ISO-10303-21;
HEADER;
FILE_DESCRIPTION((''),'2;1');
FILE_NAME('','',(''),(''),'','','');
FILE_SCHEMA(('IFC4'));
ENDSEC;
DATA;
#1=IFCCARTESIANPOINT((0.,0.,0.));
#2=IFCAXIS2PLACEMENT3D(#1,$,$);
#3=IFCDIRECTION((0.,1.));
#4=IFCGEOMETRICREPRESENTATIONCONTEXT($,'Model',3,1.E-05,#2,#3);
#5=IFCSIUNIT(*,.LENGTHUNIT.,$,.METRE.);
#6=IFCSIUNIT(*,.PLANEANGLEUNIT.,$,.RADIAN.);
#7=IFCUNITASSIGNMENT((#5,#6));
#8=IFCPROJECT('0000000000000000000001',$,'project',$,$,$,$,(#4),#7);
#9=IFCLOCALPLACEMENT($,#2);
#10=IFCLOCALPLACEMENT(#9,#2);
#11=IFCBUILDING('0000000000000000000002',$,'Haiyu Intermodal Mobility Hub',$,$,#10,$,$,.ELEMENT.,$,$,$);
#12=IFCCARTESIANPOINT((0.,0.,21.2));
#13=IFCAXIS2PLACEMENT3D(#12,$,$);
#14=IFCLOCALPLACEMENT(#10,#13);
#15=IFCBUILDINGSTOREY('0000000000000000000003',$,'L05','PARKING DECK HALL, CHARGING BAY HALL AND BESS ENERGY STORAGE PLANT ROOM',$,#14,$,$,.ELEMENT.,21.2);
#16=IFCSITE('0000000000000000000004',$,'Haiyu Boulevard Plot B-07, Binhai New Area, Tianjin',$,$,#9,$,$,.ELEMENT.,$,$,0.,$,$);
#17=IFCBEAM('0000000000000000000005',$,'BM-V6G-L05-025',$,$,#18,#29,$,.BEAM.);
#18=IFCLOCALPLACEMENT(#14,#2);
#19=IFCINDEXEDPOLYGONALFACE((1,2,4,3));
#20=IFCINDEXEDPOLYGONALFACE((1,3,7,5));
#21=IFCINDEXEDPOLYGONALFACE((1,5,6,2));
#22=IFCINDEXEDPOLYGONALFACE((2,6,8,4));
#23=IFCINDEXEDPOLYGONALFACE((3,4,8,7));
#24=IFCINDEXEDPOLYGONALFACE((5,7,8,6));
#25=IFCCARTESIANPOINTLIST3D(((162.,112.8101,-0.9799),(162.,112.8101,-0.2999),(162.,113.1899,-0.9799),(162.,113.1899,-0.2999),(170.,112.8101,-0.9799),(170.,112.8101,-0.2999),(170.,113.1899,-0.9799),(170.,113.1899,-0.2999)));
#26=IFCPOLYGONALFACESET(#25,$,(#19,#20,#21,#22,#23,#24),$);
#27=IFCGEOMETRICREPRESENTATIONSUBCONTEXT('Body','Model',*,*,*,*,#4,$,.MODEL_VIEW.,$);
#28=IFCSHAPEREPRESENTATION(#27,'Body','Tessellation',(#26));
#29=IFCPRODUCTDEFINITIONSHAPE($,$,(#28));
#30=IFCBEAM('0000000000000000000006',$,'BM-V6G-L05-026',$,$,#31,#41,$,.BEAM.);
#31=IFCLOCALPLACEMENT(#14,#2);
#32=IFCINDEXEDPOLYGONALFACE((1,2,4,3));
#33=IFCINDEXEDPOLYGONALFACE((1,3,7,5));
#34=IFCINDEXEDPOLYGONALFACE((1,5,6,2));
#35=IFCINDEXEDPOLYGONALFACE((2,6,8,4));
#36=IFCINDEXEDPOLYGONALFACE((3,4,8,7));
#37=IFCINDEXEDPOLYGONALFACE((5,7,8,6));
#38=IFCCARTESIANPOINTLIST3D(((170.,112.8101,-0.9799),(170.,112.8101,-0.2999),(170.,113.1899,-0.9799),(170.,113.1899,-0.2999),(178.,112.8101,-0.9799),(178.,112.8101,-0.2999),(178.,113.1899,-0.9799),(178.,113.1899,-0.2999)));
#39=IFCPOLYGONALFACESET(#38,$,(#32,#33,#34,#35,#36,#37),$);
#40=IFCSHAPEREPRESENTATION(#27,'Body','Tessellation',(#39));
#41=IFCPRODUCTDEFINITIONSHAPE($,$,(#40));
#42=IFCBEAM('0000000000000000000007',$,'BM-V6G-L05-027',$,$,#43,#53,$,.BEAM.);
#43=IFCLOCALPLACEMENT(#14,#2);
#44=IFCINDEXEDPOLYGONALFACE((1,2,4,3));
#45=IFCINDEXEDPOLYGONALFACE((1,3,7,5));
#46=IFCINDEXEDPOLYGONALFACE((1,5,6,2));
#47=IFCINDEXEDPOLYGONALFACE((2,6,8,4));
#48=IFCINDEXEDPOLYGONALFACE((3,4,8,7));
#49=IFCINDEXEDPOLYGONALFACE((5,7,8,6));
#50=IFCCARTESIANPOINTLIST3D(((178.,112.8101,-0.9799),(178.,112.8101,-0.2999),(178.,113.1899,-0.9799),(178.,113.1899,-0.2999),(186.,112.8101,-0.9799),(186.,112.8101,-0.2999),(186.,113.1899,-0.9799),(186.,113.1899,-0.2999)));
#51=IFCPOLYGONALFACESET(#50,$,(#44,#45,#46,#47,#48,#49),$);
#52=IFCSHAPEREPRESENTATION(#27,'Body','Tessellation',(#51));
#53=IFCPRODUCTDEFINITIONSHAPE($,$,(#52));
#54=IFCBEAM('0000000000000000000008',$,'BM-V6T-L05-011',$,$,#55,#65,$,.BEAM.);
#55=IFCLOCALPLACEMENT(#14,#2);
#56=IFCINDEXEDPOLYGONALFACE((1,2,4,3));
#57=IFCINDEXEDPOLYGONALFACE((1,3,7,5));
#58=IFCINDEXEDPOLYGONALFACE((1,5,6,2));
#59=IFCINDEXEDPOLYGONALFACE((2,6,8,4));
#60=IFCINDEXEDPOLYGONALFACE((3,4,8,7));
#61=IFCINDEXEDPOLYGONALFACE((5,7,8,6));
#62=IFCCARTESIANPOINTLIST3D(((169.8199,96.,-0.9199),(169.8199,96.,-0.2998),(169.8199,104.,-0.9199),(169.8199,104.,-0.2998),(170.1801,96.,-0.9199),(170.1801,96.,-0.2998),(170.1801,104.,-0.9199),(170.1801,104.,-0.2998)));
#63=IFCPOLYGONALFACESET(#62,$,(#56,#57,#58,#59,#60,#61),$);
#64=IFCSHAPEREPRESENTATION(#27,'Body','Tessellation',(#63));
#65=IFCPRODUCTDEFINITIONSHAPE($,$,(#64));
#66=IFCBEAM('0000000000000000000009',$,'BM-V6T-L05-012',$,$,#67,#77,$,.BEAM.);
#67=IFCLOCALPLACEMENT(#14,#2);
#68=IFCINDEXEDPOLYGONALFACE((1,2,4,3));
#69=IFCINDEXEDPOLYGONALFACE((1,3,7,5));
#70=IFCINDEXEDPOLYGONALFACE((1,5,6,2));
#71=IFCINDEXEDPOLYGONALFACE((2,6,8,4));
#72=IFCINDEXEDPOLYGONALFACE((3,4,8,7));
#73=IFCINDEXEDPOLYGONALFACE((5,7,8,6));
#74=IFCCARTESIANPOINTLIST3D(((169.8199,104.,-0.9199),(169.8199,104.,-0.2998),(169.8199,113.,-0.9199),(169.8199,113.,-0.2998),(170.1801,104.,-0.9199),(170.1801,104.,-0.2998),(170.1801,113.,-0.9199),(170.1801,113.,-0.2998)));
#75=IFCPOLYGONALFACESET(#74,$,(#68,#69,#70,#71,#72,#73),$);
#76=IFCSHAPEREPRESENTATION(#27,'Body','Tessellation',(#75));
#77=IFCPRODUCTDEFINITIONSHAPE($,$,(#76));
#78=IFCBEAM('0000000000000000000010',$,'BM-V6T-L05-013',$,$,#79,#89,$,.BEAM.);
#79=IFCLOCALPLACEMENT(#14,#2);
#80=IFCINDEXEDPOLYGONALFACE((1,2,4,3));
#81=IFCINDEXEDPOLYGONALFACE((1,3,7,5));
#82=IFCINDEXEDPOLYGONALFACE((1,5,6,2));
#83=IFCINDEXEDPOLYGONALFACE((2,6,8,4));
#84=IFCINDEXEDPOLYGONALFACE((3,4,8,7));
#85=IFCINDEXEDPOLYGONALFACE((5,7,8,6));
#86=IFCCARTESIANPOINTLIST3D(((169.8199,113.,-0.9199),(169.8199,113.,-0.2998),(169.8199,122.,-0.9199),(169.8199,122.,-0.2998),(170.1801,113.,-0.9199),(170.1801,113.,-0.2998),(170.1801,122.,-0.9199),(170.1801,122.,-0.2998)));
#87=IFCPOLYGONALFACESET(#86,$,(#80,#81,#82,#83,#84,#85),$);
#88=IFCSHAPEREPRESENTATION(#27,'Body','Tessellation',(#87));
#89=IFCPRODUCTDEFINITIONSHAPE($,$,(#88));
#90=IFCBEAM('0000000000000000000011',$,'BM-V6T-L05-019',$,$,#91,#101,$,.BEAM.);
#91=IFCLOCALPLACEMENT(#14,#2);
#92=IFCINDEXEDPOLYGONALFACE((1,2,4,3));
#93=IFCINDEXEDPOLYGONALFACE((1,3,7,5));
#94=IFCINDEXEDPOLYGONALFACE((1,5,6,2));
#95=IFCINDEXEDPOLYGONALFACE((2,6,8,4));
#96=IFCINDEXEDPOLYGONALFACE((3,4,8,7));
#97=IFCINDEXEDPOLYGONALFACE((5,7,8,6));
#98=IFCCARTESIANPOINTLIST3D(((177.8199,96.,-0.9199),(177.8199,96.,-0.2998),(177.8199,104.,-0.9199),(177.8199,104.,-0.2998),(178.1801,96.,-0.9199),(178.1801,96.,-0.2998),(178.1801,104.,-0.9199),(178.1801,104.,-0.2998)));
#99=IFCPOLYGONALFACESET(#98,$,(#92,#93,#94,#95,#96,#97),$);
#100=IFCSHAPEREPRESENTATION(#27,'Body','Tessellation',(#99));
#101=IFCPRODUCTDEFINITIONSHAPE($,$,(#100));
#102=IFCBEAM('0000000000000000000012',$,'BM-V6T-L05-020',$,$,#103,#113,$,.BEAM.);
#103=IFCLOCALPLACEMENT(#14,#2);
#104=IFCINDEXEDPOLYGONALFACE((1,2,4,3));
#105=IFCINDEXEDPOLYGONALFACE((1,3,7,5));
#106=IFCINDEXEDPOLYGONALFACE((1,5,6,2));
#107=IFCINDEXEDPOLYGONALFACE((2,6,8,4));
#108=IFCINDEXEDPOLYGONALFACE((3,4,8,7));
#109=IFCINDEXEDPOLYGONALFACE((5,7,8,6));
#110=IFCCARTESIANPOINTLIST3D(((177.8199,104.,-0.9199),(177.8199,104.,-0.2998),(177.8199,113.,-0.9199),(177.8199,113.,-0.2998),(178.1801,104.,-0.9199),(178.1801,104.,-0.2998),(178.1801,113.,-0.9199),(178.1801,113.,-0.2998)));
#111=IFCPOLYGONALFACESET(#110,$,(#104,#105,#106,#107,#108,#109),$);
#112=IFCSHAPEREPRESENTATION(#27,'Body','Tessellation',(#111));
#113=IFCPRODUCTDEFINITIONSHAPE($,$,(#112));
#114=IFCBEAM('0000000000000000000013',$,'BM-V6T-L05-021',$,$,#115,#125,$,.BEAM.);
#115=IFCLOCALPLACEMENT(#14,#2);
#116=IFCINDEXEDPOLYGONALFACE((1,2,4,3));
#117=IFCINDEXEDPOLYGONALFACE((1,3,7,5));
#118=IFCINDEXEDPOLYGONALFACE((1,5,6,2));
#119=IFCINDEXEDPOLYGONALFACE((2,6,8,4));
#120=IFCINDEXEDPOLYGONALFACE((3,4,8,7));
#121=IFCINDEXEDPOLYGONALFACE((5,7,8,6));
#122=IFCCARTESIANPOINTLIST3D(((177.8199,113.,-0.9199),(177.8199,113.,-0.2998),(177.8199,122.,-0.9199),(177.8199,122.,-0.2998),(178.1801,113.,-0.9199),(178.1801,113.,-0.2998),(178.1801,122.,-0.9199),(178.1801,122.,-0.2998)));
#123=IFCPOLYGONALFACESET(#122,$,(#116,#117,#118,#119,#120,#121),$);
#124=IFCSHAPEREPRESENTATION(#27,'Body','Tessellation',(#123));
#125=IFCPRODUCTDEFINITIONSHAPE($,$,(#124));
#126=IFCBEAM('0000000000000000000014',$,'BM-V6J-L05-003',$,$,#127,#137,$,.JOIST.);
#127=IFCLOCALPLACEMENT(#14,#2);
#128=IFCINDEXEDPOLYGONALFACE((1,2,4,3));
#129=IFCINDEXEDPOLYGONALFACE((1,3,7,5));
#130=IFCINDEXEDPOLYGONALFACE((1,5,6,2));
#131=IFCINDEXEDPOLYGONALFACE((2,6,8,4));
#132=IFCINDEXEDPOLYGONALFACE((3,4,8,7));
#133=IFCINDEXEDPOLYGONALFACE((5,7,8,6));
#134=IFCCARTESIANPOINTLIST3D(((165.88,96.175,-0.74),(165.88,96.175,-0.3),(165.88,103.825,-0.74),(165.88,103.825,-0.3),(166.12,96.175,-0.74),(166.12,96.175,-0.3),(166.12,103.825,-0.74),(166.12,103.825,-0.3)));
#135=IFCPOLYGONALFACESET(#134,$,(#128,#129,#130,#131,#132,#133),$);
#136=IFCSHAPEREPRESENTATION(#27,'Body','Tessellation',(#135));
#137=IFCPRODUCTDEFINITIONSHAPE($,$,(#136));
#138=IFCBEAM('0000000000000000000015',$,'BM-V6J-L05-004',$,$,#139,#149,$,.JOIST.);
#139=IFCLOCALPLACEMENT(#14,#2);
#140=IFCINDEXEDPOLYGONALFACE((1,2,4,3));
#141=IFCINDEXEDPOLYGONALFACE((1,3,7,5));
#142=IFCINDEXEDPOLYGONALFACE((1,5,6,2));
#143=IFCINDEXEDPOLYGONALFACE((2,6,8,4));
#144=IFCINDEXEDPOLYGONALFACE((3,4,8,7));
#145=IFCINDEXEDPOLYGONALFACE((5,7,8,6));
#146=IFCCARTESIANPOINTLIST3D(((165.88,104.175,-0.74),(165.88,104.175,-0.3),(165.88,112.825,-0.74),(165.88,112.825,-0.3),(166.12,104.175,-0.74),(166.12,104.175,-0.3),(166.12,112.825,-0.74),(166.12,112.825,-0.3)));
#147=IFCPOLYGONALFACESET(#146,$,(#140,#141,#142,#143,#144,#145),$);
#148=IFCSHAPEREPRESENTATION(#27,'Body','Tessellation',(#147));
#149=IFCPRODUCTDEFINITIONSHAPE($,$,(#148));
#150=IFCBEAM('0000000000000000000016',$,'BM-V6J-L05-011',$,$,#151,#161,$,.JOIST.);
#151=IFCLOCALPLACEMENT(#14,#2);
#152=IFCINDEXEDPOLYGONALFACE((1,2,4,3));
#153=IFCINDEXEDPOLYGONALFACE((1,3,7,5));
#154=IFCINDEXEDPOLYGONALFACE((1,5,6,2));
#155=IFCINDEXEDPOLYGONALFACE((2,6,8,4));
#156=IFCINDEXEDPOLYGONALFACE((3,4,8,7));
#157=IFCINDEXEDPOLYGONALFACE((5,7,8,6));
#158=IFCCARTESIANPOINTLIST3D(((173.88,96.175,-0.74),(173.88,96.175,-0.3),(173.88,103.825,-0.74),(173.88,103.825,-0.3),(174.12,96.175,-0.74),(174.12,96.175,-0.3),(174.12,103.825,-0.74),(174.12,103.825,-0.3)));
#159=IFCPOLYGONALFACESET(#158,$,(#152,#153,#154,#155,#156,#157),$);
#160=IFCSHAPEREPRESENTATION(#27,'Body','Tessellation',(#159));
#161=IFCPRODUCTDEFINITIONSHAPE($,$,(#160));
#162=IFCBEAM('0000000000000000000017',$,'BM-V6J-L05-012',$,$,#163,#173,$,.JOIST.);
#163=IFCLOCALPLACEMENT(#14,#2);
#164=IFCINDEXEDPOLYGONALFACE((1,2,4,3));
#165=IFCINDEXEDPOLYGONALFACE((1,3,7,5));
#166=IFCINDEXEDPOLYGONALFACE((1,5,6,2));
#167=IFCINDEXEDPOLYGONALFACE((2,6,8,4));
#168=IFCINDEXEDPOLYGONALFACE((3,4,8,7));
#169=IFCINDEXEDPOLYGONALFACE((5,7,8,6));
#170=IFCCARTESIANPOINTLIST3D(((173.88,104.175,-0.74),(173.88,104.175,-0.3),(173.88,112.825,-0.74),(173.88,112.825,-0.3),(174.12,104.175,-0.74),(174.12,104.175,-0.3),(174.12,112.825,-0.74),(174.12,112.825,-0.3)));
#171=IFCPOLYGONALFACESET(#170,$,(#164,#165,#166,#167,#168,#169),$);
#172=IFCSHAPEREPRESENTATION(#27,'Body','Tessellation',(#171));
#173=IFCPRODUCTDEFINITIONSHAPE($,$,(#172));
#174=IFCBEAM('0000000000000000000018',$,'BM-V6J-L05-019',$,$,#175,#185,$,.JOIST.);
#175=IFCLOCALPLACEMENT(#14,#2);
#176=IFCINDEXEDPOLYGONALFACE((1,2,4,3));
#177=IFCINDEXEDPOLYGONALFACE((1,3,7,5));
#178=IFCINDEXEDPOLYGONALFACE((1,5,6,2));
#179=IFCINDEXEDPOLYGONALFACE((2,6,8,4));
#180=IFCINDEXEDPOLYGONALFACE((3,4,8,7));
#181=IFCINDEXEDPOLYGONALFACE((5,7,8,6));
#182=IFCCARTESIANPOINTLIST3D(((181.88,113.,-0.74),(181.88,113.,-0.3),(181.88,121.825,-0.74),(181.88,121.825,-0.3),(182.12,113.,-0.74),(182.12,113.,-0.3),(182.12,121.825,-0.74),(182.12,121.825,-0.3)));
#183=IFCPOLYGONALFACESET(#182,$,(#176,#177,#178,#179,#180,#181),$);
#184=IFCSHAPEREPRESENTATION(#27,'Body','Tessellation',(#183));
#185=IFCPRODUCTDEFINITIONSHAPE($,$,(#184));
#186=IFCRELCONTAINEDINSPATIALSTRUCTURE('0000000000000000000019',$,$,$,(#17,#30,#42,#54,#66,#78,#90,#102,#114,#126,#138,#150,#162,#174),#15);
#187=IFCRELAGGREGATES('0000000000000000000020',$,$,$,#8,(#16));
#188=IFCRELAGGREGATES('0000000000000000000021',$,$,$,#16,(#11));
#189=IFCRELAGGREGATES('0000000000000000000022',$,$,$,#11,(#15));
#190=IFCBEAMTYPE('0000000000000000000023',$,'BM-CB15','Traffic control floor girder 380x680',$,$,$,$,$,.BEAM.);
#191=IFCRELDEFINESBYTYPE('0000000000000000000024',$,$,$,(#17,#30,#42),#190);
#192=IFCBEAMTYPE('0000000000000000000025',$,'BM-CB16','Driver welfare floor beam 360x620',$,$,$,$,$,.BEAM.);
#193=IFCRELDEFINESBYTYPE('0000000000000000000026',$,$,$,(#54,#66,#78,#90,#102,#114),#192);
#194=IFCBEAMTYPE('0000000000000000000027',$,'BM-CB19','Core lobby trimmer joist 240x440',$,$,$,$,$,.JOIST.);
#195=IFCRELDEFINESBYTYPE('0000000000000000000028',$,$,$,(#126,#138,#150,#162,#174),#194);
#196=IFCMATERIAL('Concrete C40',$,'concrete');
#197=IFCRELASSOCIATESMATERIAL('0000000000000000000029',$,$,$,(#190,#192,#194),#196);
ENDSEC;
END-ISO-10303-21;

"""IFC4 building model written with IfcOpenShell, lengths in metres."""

from ifc_helpers import new_model, si_unit, direction, frame, origin, origin_2d, place, context, subcontext, project, spatial, rectangle, extrude, material, material_profile, profile_set, type_object, element, save


model = new_model("IFC4")

# Units and contexts
model_context = context("Model", 3, precision=1e-05, world=origin(), true_north=direction((0.0, 1.0)))
body_context = subcontext(model_context, "Body", "Model", "MODEL_VIEW")
ifc_project = project(units=[si_unit("LENGTHUNIT", "METRE"), si_unit("PLANEANGLEUNIT", "RADIAN")], contexts=[model_context])

# Site, building, storey
site_placement = place(None, origin())
site = spatial("IfcSite", under=ifc_project, at=site_placement, Name="Haiyu Boulevard Plot B-07, Binhai New Area, Tianjin", CompositionType="ELEMENT", RefElevation=0.0)
building_placement = place(site_placement, origin())
building = spatial("IfcBuilding", under=site, at=building_placement, Name="Haiyu Intermodal Mobility Hub", CompositionType="ELEMENT")
storey_placement = place(building_placement, frame((0.0, 0.0, 21.2)))
storey = spatial("IfcBuildingStorey", under=building, at=storey_placement, Name="L05", Description="PARKING DECK HALL, CHARGING BAY HALL AND BESS ENERGY STORAGE PLANT ROOM", CompositionType="ELEMENT", Elevation=21.2)

# Beams
ifc_material_1 = material(Name="Concrete C40", Category="concrete")
ifc_material_profile_1 = material_profile(ifc_material_1, rectangle(XDim=0.3799, YDim=0.6799, at=origin_2d()), Name="B380x680")
ifc_profile_set_1 = profile_set([ifc_material_profile_1], Name="Concrete C40")
beam_type_1 = type_object("IfcBeamType", Name="BM-CB15", Description="Traffic control floor girder 380x680", PredefinedType="BEAM", material=ifc_profile_set_1)
for number, where, z_axis, x_axis, name in (
    (1, (162.0, 113.0, -0.6399), (1.0, 0.0, 0.0), (0.0, 1.0, 0.0), "BM-V6G-L05-025"),
    (2, (170.0, 113.0, -0.6399), (1.0, 0.0, 0.0), (0.0, 1.0, 0.0), "BM-V6G-L05-026"),
    (3, (178.0, 113.0, -0.6399), (1.0, 0.0, 0.0), (0.0, 1.0, 0.0), "BM-V6G-L05-027"),
):
    element("IfcBeam", number, at=place(storey_placement, frame(where, z_axis=z_axis, x_axis=x_axis)), inside=storey, type_object=beam_type_1, Name=name, PredefinedType="BEAM", context=body_context, shape_type="SweptSolid", body=[
        extrude(rectangle(XDim=0.3799, YDim=0.6799, at=origin_2d()), origin(), (0.0, 0.0, 1.0), 8.0),
    ])
ifc_material_profile_2 = material_profile(ifc_material_1, rectangle(XDim=0.3601, YDim=0.6201, at=origin_2d()), Name="B360x620")
ifc_profile_set_2 = profile_set([ifc_material_profile_2], Name="Concrete C40")
beam_type_2 = type_object("IfcBeamType", Name="BM-CB16", Description="Driver welfare floor beam 360x620", PredefinedType="BEAM", material=ifc_profile_set_2)
beam_1_placement = place(storey_placement, frame((170.0, 96.0, -0.6099), z_axis=(0.0, 1.0, 0.0), x_axis=(-1.0, 0.0, 0.0)))
element("IfcBeam", 4, at=beam_1_placement, inside=storey, type_object=beam_type_2, Name="BM-V6T-L05-011", PredefinedType="BEAM", context=body_context, shape_type="SweptSolid", body=[
    extrude(rectangle(XDim=0.3601, YDim=0.6201, at=origin_2d()), origin(), (0.0, 0.0, 1.0), 8.0),
])
for number, where, z_axis, x_axis, name in (
    (5, (170.0, 104.0, -0.6099), (0.0, 1.0, 0.0), (-1.0, 0.0, 0.0), "BM-V6T-L05-012"),
    (6, (170.0, 113.0, -0.6099), (0.0, 1.0, 0.0), (-1.0, 0.0, 0.0), "BM-V6T-L05-013"),
):
    element("IfcBeam", number, at=place(storey_placement, frame(where, z_axis=z_axis, x_axis=x_axis)), inside=storey, type_object=beam_type_2, Name=name, PredefinedType="BEAM", context=body_context, shape_type="SweptSolid", body=[
        extrude(rectangle(XDim=0.3601, YDim=0.6201, at=origin_2d()), origin(), (0.0, 0.0, 1.0), 9.0),
    ])
beam_2_placement = place(storey_placement, frame((178.0, 96.0, -0.6099), z_axis=(0.0, 1.0, 0.0), x_axis=(-1.0, 0.0, 0.0)))
element("IfcBeam", 7, at=beam_2_placement, inside=storey, type_object=beam_type_2, Name="BM-V6T-L05-019", PredefinedType="BEAM", context=body_context, shape_type="SweptSolid", body=[
    extrude(rectangle(XDim=0.3601, YDim=0.6201, at=origin_2d()), origin(), (0.0, 0.0, 1.0), 8.0),
])
for number, where, z_axis, x_axis, name in (
    (8, (178.0, 104.0, -0.6099), (0.0, 1.0, 0.0), (-1.0, 0.0, 0.0), "BM-V6T-L05-020"),
    (9, (178.0, 113.0, -0.6099), (0.0, 1.0, 0.0), (-1.0, 0.0, 0.0), "BM-V6T-L05-021"),
):
    element("IfcBeam", number, at=place(storey_placement, frame(where, z_axis=z_axis, x_axis=x_axis)), inside=storey, type_object=beam_type_2, Name=name, PredefinedType="BEAM", context=body_context, shape_type="SweptSolid", body=[
        extrude(rectangle(XDim=0.3601, YDim=0.6201, at=origin_2d()), origin(), (0.0, 0.0, 1.0), 9.0),
    ])
ifc_material_profile_3 = material_profile(ifc_material_1, rectangle(XDim=0.24, YDim=0.4399, at=origin_2d()), Name="B240x440")
ifc_profile_set_3 = profile_set([ifc_material_profile_3], Name="Concrete C40")
beam_type_3 = type_object("IfcBeamType", Name="BM-CB19", Description="Core lobby trimmer joist 240x440", PredefinedType="JOIST", material=ifc_profile_set_3)
beam_3_placement = place(storey_placement, frame((166.0, 96.175, -0.52), z_axis=(0.0, 1.0, 0.0), x_axis=(-1.0, 0.0, 0.0)))
element("IfcBeam", 10, at=beam_3_placement, inside=storey, type_object=beam_type_3, Name="BM-V6J-L05-003", PredefinedType="JOIST", context=body_context, shape_type="SweptSolid", body=[
    extrude(rectangle(XDim=0.24, YDim=0.4399, at=origin_2d()), origin(), (0.0, 0.0, 1.0), 7.6499),
])
beam_4_placement = place(storey_placement, frame((166.0, 104.175, -0.52), z_axis=(0.0, 1.0, 0.0), x_axis=(-1.0, 0.0, 0.0)))
element("IfcBeam", 11, at=beam_4_placement, inside=storey, type_object=beam_type_3, Name="BM-V6J-L05-004", PredefinedType="JOIST", context=body_context, shape_type="SweptSolid", body=[
    extrude(rectangle(XDim=0.24, YDim=0.4399, at=origin_2d()), origin(), (0.0, 0.0, 1.0), 8.6499),
])
beam_5_placement = place(storey_placement, frame((174.0, 96.175, -0.52), z_axis=(0.0, 1.0, 0.0), x_axis=(-1.0, 0.0, 0.0)))
element("IfcBeam", 12, at=beam_5_placement, inside=storey, type_object=beam_type_3, Name="BM-V6J-L05-011", PredefinedType="JOIST", context=body_context, shape_type="SweptSolid", body=[
    extrude(rectangle(XDim=0.24, YDim=0.4399, at=origin_2d()), origin(), (0.0, 0.0, 1.0), 7.6499),
])
beam_6_placement = place(storey_placement, frame((174.0, 104.175, -0.52), z_axis=(0.0, 1.0, 0.0), x_axis=(-1.0, 0.0, 0.0)))
element("IfcBeam", 13, at=beam_6_placement, inside=storey, type_object=beam_type_3, Name="BM-V6J-L05-012", PredefinedType="JOIST", context=body_context, shape_type="SweptSolid", body=[
    extrude(rectangle(XDim=0.24, YDim=0.4399, at=origin_2d()), origin(), (0.0, 0.0, 1.0), 8.6499),
])
beam_7_placement = place(storey_placement, frame((182.0, 113.0, -0.52), z_axis=(0.0, 1.0, 0.0), x_axis=(-1.0, 0.0, 0.0)))
element("IfcBeam", 14, at=beam_7_placement, inside=storey, type_object=beam_type_3, Name="BM-V6J-L05-019", PredefinedType="JOIST", context=body_context, shape_type="SweptSolid", body=[
    extrude(rectangle(XDim=0.24, YDim=0.4399, at=origin_2d()), origin(), (0.0, 0.0, 1.0), 8.825),
])

save(model, "model.ifc")
